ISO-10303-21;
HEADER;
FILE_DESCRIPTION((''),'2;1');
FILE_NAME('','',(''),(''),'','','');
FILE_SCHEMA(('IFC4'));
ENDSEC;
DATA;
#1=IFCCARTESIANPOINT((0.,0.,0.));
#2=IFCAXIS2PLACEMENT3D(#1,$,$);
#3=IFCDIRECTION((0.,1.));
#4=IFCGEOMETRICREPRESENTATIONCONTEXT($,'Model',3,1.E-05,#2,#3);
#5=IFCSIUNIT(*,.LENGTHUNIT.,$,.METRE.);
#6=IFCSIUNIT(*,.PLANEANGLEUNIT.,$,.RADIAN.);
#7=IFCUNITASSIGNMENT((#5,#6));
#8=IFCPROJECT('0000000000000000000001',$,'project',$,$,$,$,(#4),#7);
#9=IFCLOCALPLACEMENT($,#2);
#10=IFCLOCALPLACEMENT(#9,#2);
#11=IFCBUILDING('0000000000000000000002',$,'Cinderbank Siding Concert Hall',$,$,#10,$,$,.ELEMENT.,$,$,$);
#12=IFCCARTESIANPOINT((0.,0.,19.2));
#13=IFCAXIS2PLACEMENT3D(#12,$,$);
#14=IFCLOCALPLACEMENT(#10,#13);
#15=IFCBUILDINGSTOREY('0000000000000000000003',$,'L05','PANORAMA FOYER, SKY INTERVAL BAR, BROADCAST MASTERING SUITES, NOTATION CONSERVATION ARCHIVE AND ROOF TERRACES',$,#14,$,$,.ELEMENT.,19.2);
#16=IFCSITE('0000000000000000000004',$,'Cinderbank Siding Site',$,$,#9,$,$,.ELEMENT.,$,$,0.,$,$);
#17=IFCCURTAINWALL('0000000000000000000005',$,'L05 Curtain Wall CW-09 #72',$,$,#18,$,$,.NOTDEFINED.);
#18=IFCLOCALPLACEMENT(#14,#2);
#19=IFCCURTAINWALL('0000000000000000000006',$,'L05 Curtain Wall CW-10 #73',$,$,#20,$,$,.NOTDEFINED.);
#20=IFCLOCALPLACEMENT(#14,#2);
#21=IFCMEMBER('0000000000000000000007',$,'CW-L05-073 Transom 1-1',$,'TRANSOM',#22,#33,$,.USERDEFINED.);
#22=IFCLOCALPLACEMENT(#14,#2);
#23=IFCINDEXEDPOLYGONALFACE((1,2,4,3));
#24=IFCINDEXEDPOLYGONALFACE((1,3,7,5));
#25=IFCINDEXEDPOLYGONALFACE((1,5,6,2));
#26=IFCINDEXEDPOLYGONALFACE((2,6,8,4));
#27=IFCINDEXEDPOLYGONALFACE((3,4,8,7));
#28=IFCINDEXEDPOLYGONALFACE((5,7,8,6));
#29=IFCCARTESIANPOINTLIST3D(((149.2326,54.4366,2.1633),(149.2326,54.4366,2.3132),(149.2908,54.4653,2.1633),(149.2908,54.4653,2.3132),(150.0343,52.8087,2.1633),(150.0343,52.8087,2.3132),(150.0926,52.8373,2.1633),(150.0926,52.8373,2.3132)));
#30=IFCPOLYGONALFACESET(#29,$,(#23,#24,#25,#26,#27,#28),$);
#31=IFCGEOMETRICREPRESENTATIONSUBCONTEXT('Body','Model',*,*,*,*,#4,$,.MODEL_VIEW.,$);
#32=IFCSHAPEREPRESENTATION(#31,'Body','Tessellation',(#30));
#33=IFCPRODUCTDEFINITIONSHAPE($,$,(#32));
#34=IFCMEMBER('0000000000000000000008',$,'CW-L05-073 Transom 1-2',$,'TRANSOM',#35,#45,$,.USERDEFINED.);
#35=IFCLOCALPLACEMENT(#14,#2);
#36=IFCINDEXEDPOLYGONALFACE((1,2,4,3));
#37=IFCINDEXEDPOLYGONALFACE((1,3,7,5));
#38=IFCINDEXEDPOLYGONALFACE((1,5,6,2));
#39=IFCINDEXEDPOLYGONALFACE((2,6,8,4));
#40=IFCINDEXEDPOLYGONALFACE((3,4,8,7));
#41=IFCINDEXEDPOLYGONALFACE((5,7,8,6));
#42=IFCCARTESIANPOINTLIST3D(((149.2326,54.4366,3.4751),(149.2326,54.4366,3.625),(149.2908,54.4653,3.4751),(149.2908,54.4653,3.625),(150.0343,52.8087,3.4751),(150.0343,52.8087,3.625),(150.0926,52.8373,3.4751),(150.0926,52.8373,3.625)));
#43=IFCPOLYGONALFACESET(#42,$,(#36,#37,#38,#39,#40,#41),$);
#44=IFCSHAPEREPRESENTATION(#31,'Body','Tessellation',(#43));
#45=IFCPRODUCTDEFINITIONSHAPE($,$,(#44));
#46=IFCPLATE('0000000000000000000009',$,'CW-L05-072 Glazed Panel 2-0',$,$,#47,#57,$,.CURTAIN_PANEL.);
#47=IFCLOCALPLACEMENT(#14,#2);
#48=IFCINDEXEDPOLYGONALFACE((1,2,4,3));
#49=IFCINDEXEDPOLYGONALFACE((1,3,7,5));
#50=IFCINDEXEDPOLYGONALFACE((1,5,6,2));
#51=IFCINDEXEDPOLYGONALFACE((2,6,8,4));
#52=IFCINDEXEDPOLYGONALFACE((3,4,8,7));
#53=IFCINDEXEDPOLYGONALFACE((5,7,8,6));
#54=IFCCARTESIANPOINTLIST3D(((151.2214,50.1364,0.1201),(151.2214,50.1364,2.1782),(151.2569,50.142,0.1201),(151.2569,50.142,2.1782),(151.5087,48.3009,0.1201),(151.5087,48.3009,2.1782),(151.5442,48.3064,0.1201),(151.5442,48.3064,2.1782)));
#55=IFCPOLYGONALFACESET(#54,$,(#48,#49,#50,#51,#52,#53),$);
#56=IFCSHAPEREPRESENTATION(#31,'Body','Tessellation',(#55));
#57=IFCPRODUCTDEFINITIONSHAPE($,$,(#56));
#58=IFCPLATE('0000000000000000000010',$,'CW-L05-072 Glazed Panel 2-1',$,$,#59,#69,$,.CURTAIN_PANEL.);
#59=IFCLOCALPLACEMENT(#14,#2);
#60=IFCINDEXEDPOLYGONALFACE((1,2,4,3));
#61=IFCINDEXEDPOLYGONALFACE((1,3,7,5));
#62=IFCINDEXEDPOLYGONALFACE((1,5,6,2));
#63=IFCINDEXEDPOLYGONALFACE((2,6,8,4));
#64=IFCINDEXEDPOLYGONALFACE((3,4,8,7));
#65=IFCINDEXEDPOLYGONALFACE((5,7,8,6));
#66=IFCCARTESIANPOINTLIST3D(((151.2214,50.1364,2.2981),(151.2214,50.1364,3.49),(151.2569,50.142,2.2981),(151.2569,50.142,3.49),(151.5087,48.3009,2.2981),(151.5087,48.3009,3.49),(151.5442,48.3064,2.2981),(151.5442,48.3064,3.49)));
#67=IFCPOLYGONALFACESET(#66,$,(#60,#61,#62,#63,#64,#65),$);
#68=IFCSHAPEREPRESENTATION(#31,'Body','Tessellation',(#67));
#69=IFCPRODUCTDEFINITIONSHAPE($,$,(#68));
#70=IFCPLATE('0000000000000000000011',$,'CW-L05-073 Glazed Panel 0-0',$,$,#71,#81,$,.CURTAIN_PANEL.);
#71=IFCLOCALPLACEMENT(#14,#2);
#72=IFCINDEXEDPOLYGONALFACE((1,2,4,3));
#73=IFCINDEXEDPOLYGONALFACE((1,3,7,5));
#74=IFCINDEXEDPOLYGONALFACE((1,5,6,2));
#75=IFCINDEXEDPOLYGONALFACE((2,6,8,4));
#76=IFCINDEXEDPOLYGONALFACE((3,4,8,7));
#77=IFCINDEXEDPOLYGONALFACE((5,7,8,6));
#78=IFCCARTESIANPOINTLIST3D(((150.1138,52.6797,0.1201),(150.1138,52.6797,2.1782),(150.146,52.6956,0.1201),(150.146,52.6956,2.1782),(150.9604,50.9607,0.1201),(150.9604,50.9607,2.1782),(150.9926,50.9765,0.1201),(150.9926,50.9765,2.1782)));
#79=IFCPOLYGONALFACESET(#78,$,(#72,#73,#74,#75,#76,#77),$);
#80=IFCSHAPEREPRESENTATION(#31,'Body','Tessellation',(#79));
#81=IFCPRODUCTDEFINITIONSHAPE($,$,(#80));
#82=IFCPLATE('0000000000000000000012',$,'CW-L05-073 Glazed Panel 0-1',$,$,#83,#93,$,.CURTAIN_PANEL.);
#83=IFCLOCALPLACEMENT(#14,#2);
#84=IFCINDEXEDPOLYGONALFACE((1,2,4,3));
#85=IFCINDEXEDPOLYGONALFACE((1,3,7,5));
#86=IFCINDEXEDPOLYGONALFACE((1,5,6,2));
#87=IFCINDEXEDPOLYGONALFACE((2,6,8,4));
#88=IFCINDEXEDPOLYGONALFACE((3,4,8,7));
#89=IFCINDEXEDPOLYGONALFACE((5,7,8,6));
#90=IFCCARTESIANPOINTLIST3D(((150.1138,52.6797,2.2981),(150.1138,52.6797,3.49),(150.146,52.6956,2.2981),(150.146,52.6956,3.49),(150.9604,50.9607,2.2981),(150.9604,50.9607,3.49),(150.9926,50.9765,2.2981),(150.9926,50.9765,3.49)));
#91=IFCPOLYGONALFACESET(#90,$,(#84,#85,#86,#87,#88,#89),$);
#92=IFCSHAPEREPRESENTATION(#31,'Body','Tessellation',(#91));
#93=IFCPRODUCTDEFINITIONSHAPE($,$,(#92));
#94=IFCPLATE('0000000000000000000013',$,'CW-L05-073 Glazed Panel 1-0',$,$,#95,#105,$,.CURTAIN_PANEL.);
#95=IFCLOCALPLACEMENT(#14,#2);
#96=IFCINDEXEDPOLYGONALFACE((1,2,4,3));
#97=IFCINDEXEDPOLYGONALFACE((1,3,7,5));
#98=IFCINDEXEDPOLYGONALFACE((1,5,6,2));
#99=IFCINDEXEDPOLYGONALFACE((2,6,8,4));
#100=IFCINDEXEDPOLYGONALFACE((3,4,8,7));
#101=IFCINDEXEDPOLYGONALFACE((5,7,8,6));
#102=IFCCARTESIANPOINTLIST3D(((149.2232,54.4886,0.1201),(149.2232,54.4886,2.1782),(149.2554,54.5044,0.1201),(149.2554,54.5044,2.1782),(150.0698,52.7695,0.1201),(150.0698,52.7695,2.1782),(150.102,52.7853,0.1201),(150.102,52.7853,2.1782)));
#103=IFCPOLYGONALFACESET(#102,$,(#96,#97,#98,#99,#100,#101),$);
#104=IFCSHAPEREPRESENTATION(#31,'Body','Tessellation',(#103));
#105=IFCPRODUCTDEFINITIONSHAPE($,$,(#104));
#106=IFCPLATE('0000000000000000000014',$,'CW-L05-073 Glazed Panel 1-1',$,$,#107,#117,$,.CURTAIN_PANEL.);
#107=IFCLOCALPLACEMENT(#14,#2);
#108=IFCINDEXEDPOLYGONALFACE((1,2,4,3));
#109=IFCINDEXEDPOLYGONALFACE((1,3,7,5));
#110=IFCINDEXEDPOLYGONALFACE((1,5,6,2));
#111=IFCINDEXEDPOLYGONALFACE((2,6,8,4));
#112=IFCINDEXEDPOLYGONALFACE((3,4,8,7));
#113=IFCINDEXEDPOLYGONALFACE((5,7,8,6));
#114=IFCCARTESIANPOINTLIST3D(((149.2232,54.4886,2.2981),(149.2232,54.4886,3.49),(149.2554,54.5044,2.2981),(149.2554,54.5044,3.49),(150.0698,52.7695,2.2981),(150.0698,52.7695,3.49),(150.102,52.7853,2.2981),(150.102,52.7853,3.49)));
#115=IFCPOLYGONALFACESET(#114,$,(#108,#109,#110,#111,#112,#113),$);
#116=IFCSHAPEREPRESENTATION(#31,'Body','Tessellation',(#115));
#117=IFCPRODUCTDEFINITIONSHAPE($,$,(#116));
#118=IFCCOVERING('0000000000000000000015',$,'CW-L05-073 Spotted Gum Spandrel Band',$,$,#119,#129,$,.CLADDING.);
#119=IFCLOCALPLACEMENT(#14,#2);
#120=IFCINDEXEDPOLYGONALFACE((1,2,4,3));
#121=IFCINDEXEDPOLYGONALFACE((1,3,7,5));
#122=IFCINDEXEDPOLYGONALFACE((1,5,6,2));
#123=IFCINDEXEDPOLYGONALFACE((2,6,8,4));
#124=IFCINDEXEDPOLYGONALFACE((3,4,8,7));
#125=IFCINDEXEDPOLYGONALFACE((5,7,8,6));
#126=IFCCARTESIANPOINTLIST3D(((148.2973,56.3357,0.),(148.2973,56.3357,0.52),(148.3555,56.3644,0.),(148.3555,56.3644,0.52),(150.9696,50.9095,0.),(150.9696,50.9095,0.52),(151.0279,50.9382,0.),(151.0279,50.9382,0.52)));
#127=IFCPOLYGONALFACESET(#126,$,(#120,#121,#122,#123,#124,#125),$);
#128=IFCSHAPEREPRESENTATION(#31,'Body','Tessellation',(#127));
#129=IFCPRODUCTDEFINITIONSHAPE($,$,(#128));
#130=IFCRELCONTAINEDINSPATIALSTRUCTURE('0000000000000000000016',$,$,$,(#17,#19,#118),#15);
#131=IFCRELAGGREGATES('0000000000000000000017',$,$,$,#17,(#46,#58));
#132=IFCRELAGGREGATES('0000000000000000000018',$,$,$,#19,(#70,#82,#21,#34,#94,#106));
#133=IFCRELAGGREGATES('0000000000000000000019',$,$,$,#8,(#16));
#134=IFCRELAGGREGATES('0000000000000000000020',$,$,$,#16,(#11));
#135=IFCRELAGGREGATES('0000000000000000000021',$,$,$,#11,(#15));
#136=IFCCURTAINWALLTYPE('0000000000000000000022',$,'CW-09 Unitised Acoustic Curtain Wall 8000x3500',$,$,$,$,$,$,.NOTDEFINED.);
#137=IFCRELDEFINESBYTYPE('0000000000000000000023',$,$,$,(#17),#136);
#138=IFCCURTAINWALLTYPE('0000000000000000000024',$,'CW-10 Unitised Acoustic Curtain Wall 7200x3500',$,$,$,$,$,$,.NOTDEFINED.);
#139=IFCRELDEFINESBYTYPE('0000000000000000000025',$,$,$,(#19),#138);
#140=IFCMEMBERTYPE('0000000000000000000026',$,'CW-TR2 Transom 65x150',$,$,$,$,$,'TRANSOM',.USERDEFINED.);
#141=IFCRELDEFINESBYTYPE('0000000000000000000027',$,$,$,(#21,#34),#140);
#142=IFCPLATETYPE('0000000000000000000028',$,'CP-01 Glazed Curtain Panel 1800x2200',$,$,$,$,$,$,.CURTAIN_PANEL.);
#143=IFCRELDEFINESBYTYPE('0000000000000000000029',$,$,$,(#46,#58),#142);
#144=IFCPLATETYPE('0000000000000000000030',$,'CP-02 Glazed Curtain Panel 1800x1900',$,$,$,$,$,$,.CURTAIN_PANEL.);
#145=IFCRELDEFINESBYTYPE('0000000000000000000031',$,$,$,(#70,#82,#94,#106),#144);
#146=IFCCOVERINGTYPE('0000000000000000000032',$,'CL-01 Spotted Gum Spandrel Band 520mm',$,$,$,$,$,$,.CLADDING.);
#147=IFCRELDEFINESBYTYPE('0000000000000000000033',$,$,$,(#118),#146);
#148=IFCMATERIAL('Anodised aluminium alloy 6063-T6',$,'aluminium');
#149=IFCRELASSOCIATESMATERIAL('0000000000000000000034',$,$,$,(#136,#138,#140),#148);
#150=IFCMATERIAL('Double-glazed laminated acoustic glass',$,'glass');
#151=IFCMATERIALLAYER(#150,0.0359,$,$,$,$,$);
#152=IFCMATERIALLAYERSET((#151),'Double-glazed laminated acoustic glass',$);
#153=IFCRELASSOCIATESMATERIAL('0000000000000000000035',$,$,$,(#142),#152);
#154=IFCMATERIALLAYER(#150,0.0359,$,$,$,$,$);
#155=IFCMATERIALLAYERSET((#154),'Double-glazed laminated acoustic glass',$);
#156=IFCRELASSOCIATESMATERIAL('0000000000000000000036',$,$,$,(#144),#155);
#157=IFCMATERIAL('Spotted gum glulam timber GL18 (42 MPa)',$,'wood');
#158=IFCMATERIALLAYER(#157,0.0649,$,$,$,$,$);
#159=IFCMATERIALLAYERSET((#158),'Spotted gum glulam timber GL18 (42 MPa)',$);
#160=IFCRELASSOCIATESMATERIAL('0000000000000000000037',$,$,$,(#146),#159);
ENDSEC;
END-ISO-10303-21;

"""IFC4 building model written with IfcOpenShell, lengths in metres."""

from ifc_helpers import new_model, si_unit, direction, frame, origin, origin_2d, place, context, subcontext, project, spatial, rectangle, extrude, material, layer, layer_set, material_profile, profile_set, type_object, element, aggregate, save


model = new_model("IFC4")

# Units and contexts
model_context = context("Model", 3, precision=1e-05, world=origin(), true_north=direction((0.0, 1.0)))
body_context = subcontext(model_context, "Body", "Model", "MODEL_VIEW")
ifc_project = project(units=[si_unit("LENGTHUNIT", "METRE"), si_unit("PLANEANGLEUNIT", "RADIAN")], contexts=[model_context])

# Site, building, storey
site_placement = place(None, origin())
site = spatial("IfcSite", under=ifc_project, at=site_placement, Name="Cinderbank Siding Site", CompositionType="ELEMENT", RefElevation=0.0)
building_placement = place(site_placement, origin())
building = spatial("IfcBuilding", under=site, at=building_placement, Name="Cinderbank Siding Concert Hall", CompositionType="ELEMENT")
storey_placement = place(building_placement, frame((0.0, 0.0, 19.2)))
storey = spatial("IfcBuildingStorey", under=building, at=storey_placement, Name="L05", Description="PANORAMA FOYER, SKY INTERVAL BAR, BROADCAST MASTERING SUITES, NOTATION CONSERVATION ARCHIVE AND ROOF TERRACES", CompositionType="ELEMENT", Elevation=19.2)

# Curtain wall
ifc_material_1 = material(Name="Anodised aluminium alloy 6063-T6", Category="aluminium")
curtain_wall_type_1 = type_object("IfcCurtainWallType", Name="CW-09 Unitised Acoustic Curtain Wall 8000x3500", PredefinedType="NOTDEFINED", material=ifc_material_1)
curtain_wall_1_placement = place(storey_placement, origin())
curtain_wall_1 = element("IfcCurtainWall", 1, at=curtain_wall_1_placement, inside=storey, type_object=curtain_wall_type_1, Name="L05 Curtain Wall CW-09 #72", PredefinedType="NOTDEFINED")

# Curtain wall
curtain_wall_type_2 = type_object("IfcCurtainWallType", Name="CW-10 Unitised Acoustic Curtain Wall 7200x3500", PredefinedType="NOTDEFINED", material=ifc_material_1)
curtain_wall_2_placement = place(storey_placement, origin())
curtain_wall_2 = element("IfcCurtainWall", 2, at=curtain_wall_2_placement, inside=storey, type_object=curtain_wall_type_2, Name="L05 Curtain Wall CW-10 #73", PredefinedType="NOTDEFINED")

# Members
ifc_material_profile_1 = material_profile(ifc_material_1, rectangle(XDim=0.0649, YDim=0.1499, at=origin_2d()), Name="ALU-TRAN-65x150", Category="LoadBearing")
ifc_profile_set_1 = profile_set([ifc_material_profile_1], Name="Anodised aluminium alloy 6063-T6")
member_type_1 = type_object("IfcMemberType", Name="CW-TR2 Transom 65x150", ElementType="TRANSOM", PredefinedType="USERDEFINED", material=ifc_profile_set_1)
member_1_placement = place(storey_placement, frame((150.0635, 52.823, 2.2383), z_axis=(-0.441824, 0.897102, 0.0), x_axis=(-0.897102, -0.441824, 0.0)))
member_1 = element("IfcMember", 3, at=member_1_placement, type_object=member_type_1, Name="CW-L05-073 Transom 1-1", ObjectType="TRANSOM", PredefinedType="USERDEFINED", context=body_context, shape_type="SweptSolid", body=[
    extrude(rectangle(XDim=0.0649, YDim=0.1499, at=origin_2d()), origin(), (0.0, 0.0, 1.0), 1.8147),
])
member_2_placement = place(storey_placement, frame((150.0635, 52.823, 3.55), z_axis=(-0.441824, 0.897102, 0.0), x_axis=(-0.897102, -0.441824, 0.0)))
member_2 = element("IfcMember", 4, at=member_2_placement, type_object=member_type_1, Name="CW-L05-073 Transom 1-2", ObjectType="TRANSOM", PredefinedType="USERDEFINED", context=body_context, shape_type="SweptSolid", body=[
    extrude(rectangle(XDim=0.0649, YDim=0.1499, at=origin_2d()), origin(), (0.0, 0.0, 1.0), 1.8147),
])

# Plates
ifc_material_2 = material(Name="Double-glazed laminated acoustic glass", Category="glass")
ifc_layer_1 = layer(ifc_material_2, 0.0359)
ifc_layer_set_1 = layer_set([ifc_layer_1], Name="Double-glazed laminated acoustic glass")
plate_type_1 = type_object("IfcPlateType", Name="CP-01 Glazed Curtain Panel 1800x2200", PredefinedType="CURTAIN_PANEL", material=ifc_layer_set_1)
plate_1_placement = place(storey_placement, frame((151.3828, 49.2214, 0.1201), z_axis=(0.0, 0.0, 1.0), x_axis=(-0.154643, 0.98797, 0.0)))
plate_1 = element("IfcPlate", 5, at=plate_1_placement, type_object=plate_type_1, Name="CW-L05-072 Glazed Panel 2-0", PredefinedType="CURTAIN_PANEL", context=body_context, shape_type="SweptSolid", body=[
    extrude(rectangle(XDim=1.8579, YDim=0.0359, at=origin_2d()), origin(), (0.0, 0.0, 1.0), 2.0581),
])
plate_2_placement = place(storey_placement, frame((151.3828, 49.2214, 2.2981), z_axis=(0.0, 0.0, 1.0), x_axis=(-0.154643, 0.98797, 0.0)))
plate_2 = element("IfcPlate", 6, at=plate_2_placement, type_object=plate_type_1, Name="CW-L05-072 Glazed Panel 2-1", PredefinedType="CURTAIN_PANEL", context=body_context, shape_type="SweptSolid", body=[
    extrude(rectangle(XDim=1.8579, YDim=0.0359, at=origin_2d()), origin(), (0.0, 0.0, 1.0), 1.1919),
])
aggregate(curtain_wall_1, [plate_1, plate_2])
ifc_layer_2 = layer(ifc_material_2, 0.0359)
ifc_layer_set_2 = layer_set([ifc_layer_2], Name="Double-glazed laminated acoustic glass")
plate_type_2 = type_object("IfcPlateType", Name="CP-02 Glazed Curtain Panel 1800x1900", PredefinedType="CURTAIN_PANEL", material=ifc_layer_set_2)
plate_3_placement = place(storey_placement, frame((150.5532, 51.8281, 0.1201), z_axis=(0.0, 0.0, 1.0), x_axis=(-0.441816, 0.897105, 0.0)))
plate_3 = element("IfcPlate", 7, at=plate_3_placement, type_object=plate_type_2, Name="CW-L05-073 Glazed Panel 0-0", PredefinedType="CURTAIN_PANEL", context=body_context, shape_type="SweptSolid", body=[
    extrude(rectangle(XDim=1.9163, YDim=0.0359, at=origin_2d()), origin(), (0.0, 0.0, 1.0), 2.0581),
])
plate_4_placement = place(storey_placement, frame((150.5532, 51.8281, 2.2981), z_axis=(0.0, 0.0, 1.0), x_axis=(-0.441816, 0.897105, 0.0)))
plate_4 = element("IfcPlate", 8, at=plate_4_placement, type_object=plate_type_2, Name="CW-L05-073 Glazed Panel 0-1", PredefinedType="CURTAIN_PANEL", context=body_context, shape_type="SweptSolid", body=[
    extrude(rectangle(XDim=1.9163, YDim=0.0359, at=origin_2d()), origin(), (0.0, 0.0, 1.0), 1.1919),
])
plate_5_placement = place(storey_placement, frame((149.6626, 53.637, 0.1201), z_axis=(0.0, 0.0, 1.0), x_axis=(-0.441816, 0.897105, 0.0)))
plate_5 = element("IfcPlate", 9, at=plate_5_placement, type_object=plate_type_2, Name="CW-L05-073 Glazed Panel 1-0", PredefinedType="CURTAIN_PANEL", context=body_context, shape_type="SweptSolid", body=[
    extrude(rectangle(XDim=1.9163, YDim=0.0359, at=origin_2d()), origin(), (0.0, 0.0, 1.0), 2.0581),
])
plate_6_placement = place(storey_placement, frame((149.6626, 53.637, 2.2981), z_axis=(0.0, 0.0, 1.0), x_axis=(-0.441816, 0.897105, 0.0)))
plate_6 = element("IfcPlate", 10, at=plate_6_placement, type_object=plate_type_2, Name="CW-L05-073 Glazed Panel 1-1", PredefinedType="CURTAIN_PANEL", context=body_context, shape_type="SweptSolid", body=[
    extrude(rectangle(XDim=1.9163, YDim=0.0359, at=origin_2d()), origin(), (0.0, 0.0, 1.0), 1.1919),
])
aggregate(curtain_wall_2, [plate_3, plate_4, member_1, member_2, plate_5, plate_6])

# Covering
ifc_material_3 = material(Name="Spotted gum glulam timber GL18 (42 MPa)", Category="wood")
ifc_layer_3 = layer(ifc_material_3, 0.0649)
ifc_layer_set_3 = layer_set([ifc_layer_3], Name="Spotted gum glulam timber GL18 (42 MPa)")
covering_type = type_object("IfcCoveringType", Name="CL-01 Spotted Gum Spandrel Band 520mm", PredefinedType="CLADDING", material=ifc_layer_set_3)
covering_placement = place(storey_placement, frame((149.6626, 53.637, 0.0), z_axis=(0.0, 0.0, 1.0), x_axis=(-0.441816, 0.897105, 0.0)))
element("IfcCovering", 11, at=covering_placement, inside=storey, type_object=covering_type, Name="CW-L05-073 Spotted Gum Spandrel Band", PredefinedType="CLADDING", context=body_context, shape_type="SweptSolid", body=[
    extrude(rectangle(XDim=6.0486, YDim=0.0649, at=origin_2d()), origin(), (0.0, 0.0, 1.0), 0.52),
])

save(model, "model.ifc")
